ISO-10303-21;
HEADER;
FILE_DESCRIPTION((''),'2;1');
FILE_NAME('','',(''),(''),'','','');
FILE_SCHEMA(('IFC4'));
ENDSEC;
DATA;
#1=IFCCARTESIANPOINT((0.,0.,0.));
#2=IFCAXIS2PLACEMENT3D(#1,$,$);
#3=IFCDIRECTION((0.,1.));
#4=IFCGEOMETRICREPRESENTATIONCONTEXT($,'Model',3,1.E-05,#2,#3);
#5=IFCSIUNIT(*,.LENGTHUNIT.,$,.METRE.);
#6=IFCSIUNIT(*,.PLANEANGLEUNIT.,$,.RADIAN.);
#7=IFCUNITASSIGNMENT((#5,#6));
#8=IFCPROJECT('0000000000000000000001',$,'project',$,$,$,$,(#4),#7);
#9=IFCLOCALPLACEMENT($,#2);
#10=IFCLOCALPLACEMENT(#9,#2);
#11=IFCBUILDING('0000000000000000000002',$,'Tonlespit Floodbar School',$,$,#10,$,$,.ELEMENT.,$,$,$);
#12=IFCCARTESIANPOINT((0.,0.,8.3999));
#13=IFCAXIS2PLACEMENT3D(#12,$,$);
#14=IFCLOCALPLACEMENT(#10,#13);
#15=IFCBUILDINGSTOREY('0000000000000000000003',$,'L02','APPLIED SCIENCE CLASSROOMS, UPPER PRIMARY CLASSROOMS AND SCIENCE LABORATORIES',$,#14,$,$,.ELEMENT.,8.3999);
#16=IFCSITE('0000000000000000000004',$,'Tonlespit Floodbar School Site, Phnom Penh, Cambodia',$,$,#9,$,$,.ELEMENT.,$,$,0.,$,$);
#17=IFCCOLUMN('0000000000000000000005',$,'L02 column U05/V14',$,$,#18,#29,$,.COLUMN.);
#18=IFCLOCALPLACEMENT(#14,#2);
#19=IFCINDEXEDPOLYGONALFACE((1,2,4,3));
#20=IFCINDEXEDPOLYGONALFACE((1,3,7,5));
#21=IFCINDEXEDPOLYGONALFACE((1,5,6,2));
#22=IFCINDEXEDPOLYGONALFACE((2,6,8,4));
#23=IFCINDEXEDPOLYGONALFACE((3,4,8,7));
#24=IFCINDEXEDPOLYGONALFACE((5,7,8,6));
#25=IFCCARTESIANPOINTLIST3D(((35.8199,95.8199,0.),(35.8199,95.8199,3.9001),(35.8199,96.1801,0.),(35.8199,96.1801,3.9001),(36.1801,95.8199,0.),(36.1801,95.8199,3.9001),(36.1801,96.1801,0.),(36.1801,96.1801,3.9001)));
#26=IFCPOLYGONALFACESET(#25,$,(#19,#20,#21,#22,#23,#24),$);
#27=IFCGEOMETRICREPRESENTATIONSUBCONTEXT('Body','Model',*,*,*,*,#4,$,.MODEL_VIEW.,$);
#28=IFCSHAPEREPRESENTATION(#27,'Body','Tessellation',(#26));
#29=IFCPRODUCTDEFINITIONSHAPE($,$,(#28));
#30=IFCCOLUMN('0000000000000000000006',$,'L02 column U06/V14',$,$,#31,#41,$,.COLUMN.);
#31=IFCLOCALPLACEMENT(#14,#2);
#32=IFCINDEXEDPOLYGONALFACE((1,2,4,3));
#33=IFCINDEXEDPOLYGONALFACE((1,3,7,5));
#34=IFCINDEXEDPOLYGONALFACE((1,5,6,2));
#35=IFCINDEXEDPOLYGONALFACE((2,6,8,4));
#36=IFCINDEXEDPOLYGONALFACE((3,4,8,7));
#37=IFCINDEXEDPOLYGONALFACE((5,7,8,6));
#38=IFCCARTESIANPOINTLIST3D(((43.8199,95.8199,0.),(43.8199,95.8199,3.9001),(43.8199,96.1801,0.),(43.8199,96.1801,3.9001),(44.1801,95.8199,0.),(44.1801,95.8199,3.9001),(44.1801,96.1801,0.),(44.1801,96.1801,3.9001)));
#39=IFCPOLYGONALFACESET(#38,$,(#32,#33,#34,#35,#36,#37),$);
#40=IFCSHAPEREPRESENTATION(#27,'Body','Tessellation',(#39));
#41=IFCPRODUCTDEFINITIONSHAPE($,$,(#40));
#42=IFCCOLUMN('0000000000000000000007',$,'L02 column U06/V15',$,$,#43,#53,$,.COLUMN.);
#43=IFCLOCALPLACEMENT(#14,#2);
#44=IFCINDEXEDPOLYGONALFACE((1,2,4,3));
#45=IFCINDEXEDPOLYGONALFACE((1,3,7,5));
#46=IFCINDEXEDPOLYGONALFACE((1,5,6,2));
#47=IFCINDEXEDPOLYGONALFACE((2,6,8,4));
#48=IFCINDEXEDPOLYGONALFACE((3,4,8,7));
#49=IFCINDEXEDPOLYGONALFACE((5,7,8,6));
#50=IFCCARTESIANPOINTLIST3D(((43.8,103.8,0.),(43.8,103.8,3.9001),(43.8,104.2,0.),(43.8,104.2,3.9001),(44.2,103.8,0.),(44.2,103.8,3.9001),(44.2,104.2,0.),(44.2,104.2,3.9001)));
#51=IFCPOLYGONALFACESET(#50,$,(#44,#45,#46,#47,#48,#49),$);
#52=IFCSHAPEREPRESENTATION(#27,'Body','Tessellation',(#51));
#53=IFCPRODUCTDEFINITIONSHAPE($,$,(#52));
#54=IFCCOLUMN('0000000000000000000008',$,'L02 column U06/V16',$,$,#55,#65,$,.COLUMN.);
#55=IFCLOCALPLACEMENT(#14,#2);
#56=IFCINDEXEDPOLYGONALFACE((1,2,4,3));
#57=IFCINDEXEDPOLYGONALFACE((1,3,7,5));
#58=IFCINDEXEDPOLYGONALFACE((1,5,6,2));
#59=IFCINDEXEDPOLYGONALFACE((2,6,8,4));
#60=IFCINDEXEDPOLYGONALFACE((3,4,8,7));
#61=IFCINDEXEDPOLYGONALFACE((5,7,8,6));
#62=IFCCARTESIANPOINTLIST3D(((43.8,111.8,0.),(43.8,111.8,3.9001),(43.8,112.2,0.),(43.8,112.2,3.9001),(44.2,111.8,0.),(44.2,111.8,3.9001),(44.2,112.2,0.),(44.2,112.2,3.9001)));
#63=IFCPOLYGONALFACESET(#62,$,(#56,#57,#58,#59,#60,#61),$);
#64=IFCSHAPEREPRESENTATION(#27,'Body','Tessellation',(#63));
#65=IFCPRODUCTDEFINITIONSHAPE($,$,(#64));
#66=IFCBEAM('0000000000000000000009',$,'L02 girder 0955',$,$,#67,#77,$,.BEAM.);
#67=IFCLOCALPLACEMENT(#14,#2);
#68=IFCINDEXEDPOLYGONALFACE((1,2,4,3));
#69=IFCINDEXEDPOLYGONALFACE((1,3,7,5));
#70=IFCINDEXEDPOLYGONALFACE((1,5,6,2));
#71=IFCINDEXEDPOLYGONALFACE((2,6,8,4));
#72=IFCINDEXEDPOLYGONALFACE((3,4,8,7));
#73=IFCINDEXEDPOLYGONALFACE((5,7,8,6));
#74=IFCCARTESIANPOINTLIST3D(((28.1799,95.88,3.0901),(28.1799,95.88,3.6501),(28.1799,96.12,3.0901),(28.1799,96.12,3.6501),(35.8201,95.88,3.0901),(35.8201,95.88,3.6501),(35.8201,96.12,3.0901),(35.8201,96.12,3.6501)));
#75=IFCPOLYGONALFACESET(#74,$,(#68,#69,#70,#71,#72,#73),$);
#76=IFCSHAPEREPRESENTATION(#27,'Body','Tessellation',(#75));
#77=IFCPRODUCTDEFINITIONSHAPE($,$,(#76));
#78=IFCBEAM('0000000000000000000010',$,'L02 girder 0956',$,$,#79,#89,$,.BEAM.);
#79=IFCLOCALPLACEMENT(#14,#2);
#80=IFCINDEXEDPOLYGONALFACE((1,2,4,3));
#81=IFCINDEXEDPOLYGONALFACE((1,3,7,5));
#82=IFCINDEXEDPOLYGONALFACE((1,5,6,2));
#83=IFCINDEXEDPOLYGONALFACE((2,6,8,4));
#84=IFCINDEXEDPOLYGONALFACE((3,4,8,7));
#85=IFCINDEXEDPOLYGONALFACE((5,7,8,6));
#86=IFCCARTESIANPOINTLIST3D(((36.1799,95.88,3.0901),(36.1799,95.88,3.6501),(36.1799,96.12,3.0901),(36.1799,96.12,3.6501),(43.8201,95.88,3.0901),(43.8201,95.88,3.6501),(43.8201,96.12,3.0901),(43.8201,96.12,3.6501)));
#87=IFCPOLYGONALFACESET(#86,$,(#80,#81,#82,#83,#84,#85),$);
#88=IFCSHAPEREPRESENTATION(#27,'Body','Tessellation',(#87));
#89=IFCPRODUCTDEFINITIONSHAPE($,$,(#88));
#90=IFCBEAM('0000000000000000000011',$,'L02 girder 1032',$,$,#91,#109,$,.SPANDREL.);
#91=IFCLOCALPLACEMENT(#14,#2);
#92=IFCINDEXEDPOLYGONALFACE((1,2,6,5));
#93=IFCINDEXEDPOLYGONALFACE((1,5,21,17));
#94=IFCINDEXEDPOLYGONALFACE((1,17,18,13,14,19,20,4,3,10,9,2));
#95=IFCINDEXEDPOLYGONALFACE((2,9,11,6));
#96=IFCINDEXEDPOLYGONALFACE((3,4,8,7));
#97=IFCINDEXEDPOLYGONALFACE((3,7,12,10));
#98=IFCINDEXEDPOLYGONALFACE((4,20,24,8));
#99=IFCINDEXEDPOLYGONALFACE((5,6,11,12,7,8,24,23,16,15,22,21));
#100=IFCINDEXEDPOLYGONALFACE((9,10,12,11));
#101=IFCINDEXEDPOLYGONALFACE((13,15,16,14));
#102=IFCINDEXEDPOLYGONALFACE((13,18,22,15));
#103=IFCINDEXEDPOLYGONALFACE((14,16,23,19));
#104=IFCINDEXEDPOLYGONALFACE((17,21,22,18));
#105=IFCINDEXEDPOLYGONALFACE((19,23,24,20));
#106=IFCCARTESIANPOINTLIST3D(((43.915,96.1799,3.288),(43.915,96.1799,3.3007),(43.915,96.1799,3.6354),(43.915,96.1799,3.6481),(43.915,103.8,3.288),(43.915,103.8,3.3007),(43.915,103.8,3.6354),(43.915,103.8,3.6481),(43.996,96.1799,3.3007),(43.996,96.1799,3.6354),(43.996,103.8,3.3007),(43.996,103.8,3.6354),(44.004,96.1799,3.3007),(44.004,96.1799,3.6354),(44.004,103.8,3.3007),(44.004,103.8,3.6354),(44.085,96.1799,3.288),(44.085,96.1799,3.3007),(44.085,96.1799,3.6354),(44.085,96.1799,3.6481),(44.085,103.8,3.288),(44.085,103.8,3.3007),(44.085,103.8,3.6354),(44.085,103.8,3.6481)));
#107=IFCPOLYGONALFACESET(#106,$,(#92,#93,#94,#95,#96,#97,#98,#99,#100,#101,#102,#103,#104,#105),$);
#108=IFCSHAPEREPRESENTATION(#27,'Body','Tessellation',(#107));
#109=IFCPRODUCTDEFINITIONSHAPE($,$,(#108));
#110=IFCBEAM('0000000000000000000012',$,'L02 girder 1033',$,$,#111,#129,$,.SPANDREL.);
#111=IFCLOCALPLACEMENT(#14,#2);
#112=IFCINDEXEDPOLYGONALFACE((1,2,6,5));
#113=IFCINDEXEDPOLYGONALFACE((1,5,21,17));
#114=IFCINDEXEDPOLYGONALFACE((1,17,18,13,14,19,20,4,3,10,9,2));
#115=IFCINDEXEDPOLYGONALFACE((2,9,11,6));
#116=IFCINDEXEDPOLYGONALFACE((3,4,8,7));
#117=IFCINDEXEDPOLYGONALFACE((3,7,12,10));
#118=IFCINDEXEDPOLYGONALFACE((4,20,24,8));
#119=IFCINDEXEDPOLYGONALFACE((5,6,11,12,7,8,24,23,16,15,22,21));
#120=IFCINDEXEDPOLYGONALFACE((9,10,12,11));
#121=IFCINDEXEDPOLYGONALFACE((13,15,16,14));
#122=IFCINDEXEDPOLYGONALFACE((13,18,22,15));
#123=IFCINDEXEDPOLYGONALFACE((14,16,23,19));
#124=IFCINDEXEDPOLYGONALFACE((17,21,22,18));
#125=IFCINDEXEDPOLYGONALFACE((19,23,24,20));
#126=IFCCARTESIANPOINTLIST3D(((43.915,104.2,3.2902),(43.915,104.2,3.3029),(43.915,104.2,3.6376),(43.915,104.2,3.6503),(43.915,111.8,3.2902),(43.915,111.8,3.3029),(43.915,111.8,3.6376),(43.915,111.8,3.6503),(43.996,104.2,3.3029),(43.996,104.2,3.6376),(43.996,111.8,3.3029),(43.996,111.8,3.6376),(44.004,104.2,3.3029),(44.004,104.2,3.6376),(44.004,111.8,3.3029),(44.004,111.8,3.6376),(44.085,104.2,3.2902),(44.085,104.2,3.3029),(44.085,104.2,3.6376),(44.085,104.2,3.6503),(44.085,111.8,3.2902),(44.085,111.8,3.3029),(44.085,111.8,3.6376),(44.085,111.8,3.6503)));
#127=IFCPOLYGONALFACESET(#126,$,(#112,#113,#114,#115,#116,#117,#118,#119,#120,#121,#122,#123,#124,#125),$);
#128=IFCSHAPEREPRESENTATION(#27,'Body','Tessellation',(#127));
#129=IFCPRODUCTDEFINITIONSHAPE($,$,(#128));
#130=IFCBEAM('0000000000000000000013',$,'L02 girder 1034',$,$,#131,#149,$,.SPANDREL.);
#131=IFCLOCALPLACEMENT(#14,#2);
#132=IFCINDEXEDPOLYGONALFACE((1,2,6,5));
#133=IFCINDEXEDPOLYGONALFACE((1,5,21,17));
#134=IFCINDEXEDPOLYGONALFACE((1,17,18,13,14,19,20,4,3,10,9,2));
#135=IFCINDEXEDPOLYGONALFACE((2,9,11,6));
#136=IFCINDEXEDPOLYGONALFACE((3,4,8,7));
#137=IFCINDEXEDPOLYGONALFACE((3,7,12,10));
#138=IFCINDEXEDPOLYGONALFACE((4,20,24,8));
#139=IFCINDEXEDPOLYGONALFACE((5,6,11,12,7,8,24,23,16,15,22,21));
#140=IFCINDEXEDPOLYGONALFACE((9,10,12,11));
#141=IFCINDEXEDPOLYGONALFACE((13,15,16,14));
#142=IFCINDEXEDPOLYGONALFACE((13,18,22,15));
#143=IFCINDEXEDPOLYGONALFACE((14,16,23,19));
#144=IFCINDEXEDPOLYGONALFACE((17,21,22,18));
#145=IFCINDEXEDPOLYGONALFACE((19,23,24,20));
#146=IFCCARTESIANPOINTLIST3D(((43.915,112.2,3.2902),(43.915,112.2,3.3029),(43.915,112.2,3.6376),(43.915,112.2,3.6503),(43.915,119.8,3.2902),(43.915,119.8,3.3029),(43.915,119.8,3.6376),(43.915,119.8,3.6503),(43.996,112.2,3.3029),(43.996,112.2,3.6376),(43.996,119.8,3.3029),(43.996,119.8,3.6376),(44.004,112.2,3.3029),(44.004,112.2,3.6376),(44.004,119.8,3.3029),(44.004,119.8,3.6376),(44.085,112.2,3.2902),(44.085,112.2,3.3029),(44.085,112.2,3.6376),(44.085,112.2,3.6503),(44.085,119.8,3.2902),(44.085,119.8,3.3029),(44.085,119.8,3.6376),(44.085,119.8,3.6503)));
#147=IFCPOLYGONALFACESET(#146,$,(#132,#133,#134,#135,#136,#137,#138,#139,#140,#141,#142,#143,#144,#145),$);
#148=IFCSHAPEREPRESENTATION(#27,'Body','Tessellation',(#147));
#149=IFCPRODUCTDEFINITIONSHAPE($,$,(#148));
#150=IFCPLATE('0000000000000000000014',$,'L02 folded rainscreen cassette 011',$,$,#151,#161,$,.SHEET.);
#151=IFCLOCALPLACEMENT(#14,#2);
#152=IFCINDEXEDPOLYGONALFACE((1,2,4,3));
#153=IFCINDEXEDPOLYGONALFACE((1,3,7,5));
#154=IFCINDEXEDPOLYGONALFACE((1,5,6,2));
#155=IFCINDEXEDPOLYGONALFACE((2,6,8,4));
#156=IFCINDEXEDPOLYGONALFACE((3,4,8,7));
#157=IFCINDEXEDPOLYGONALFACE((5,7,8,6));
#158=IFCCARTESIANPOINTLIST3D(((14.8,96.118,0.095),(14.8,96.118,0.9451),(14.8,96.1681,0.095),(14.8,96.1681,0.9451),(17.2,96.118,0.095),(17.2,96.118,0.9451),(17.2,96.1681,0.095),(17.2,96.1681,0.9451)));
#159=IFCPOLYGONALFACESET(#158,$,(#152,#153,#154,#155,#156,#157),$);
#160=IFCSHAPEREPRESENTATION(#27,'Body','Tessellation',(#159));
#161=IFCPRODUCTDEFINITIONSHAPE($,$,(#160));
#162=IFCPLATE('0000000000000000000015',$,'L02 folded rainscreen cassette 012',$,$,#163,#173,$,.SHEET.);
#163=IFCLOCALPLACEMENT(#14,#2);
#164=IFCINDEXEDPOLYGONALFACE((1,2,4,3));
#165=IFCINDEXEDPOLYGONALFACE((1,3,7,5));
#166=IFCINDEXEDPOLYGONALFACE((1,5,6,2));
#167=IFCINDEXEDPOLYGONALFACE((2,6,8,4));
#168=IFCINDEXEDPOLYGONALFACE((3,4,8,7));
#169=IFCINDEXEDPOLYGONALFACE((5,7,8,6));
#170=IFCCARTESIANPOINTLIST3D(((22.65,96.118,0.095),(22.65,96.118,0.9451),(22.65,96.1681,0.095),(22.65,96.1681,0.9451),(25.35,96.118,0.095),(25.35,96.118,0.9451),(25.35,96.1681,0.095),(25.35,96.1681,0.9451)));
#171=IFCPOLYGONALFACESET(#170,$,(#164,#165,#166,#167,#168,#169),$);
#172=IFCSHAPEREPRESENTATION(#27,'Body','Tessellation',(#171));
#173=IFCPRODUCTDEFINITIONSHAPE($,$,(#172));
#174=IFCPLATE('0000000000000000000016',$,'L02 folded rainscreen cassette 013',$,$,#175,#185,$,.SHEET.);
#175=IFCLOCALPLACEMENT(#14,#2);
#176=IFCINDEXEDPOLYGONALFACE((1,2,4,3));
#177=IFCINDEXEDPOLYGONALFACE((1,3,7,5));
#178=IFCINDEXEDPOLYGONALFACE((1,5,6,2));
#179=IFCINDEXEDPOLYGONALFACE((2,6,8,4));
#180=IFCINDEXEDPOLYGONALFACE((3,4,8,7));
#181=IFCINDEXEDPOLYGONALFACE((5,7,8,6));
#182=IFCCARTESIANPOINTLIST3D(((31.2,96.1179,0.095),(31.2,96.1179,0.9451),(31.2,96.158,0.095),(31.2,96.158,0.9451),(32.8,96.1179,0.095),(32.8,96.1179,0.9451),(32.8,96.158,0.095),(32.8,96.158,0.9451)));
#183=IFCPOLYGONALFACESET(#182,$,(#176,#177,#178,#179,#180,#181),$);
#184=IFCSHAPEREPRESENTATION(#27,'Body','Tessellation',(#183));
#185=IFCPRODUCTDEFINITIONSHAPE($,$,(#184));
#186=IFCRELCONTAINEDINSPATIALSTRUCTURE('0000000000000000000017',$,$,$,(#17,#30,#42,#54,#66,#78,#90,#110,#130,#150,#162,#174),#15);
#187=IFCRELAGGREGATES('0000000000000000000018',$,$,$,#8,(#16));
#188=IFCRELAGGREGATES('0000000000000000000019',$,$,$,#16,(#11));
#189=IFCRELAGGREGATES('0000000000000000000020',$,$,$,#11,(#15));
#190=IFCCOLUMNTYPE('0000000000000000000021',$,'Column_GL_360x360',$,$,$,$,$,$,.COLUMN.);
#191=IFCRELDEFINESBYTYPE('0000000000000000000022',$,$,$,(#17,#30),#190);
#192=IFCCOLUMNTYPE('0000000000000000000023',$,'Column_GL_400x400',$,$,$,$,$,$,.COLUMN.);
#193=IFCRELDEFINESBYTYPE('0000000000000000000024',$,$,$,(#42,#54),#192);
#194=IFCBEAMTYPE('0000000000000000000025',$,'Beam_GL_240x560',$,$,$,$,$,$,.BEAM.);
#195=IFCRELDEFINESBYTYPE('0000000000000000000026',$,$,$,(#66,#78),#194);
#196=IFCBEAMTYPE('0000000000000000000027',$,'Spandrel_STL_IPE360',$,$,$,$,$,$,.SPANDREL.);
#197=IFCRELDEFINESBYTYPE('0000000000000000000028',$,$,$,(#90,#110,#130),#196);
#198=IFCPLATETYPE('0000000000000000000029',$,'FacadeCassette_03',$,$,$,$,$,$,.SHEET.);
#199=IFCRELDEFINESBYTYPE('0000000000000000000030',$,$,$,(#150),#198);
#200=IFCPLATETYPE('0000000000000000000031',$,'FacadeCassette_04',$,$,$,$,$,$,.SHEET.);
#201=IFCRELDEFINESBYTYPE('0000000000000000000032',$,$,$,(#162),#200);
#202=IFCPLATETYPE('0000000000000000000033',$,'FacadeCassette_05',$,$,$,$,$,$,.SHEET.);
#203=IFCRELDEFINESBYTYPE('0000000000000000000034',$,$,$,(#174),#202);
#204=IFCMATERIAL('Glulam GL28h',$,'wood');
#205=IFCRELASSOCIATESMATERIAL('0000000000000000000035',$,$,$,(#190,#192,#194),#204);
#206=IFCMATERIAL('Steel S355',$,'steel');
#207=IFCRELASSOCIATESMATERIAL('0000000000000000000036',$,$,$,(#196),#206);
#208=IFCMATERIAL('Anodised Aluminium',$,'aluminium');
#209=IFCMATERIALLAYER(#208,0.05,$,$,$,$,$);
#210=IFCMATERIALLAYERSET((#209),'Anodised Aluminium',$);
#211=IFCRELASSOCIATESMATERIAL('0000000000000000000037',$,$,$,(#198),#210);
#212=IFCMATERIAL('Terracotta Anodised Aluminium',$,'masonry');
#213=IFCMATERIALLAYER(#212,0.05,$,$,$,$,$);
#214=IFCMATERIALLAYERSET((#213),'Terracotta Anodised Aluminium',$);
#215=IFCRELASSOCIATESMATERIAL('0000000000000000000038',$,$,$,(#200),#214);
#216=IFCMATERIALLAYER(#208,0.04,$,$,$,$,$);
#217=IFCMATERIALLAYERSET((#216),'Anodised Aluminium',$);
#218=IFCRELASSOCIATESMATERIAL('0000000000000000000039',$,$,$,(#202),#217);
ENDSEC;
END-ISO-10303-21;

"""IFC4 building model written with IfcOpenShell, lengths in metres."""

from ifc_helpers import new_model, si_unit, direction, frame, origin, origin_2d, place, context, subcontext, project, spatial, rectangle, i_section, extrude, material, layer, layer_set, material_profile, profile_set, type_object, element, save


model = new_model("IFC4")

# Units and contexts
model_context = context("Model", 3, precision=1e-05, world=origin(), true_north=direction((0.0, 1.0)))
body_context = subcontext(model_context, "Body", "Model", "MODEL_VIEW")
ifc_project = project(units=[si_unit("LENGTHUNIT", "METRE"), si_unit("PLANEANGLEUNIT", "RADIAN")], contexts=[model_context])

# Site, building, storey
site_placement = place(None, origin())
site = spatial("IfcSite", under=ifc_project, at=site_placement, Name="Tonlespit Floodbar School Site, Phnom Penh, Cambodia", CompositionType="ELEMENT", RefElevation=0.0)
building_placement = place(site_placement, origin())
building = spatial("IfcBuilding", under=site, at=building_placement, Name="Tonlespit Floodbar School", CompositionType="ELEMENT")
storey_placement = place(building_placement, frame((0.0, 0.0, 8.3999)))
storey = spatial("IfcBuildingStorey", under=building, at=storey_placement, Name="L02", Description="APPLIED SCIENCE CLASSROOMS, UPPER PRIMARY CLASSROOMS AND SCIENCE LABORATORIES", CompositionType="ELEMENT", Elevation=8.3999)

# Columns
ifc_material_1 = material(Name="Glulam GL28h", Category="wood")
ifc_material_profile_1 = material_profile(ifc_material_1, rectangle(XDim=0.3601, YDim=0.3601, at=origin_2d()), Name="GL 360x360")
ifc_profile_set_1 = profile_set([ifc_material_profile_1], Name="Glulam GL28h")
column_type_1 = type_object("IfcColumnType", Name="Column_GL_360x360", PredefinedType="COLUMN", material=ifc_profile_set_1)
for number, where, z_axis, x_axis, name in (
    (1, (36.0, 96.0, 0.0), (0.0, 0.0, 1.0), (1.0, 0.0, 0.0), "L02 column U05/V14"),
    (2, (44.0, 96.0, 0.0), (0.0, 0.0, 1.0), (1.0, 0.0, 0.0), "L02 column U06/V14"),
):
    element("IfcColumn", number, at=place(storey_placement, frame(where, z_axis=z_axis, x_axis=x_axis)), inside=storey, type_object=column_type_1, Name=name, PredefinedType="COLUMN", context=body_context, shape_type="SweptSolid", body=[
        extrude(rectangle(XDim=0.3601, YDim=0.3601, at=origin_2d()), origin(), (0.0, 0.0, 1.0), 3.9001),
    ])
ifc_material_profile_2 = material_profile(ifc_material_1, rectangle(XDim=0.3999, YDim=0.3999, at=origin_2d()), Name="GL 400x400")
ifc_profile_set_2 = profile_set([ifc_material_profile_2], Name="Glulam GL28h")
column_type_2 = type_object("IfcColumnType", Name="Column_GL_400x400", PredefinedType="COLUMN", material=ifc_profile_set_2)
for number, where, z_axis, x_axis, name in (
    (3, (44.0, 104.0, 0.0), (0.0, 0.0, 1.0), (1.0, 0.0, 0.0), "L02 column U06/V15"),
    (4, (44.0, 112.0, 0.0), (0.0, 0.0, 1.0), (1.0, 0.0, 0.0), "L02 column U06/V16"),
):
    element("IfcColumn", number, at=place(storey_placement, frame(where, z_axis=z_axis, x_axis=x_axis)), inside=storey, type_object=column_type_2, Name=name, PredefinedType="COLUMN", context=body_context, shape_type="SweptSolid", body=[
        extrude(rectangle(XDim=0.3999, YDim=0.3999, at=origin_2d()), origin(), (0.0, 0.0, 1.0), 3.9001),
    ])

# Beams
ifc_material_profile_3 = material_profile(ifc_material_1, rectangle(XDim=0.24, YDim=0.5601, at=origin_2d()), Name="GL 240x560")
ifc_profile_set_3 = profile_set([ifc_material_profile_3], Name="Glulam GL28h")
beam_type_1 = type_object("IfcBeamType", Name="Beam_GL_240x560", PredefinedType="BEAM", material=ifc_profile_set_3)
for number, where, z_axis, x_axis, name in (
    (5, (28.1799, 96.0, 3.3701), (1.0, 0.0, 0.0), (0.0, 1.0, 0.0), "L02 girder 0955"),
    (6, (36.1799, 96.0, 3.3701), (1.0, 0.0, 0.0), (0.0, 1.0, 0.0), "L02 girder 0956"),
):
    element("IfcBeam", number, at=place(storey_placement, frame(where, z_axis=z_axis, x_axis=x_axis)), inside=storey, type_object=beam_type_1, Name=name, PredefinedType="BEAM", context=body_context, shape_type="SweptSolid", body=[
        extrude(rectangle(XDim=0.24, YDim=0.5601, at=origin_2d()), origin(), (0.0, 0.0, 1.0), 7.6401),
    ])
ifc_material_2 = material(Name="Steel S355", Category="steel")
ifc_material_profile_4 = material_profile(ifc_material_2, i_section(OverallWidth=0.1699, OverallDepth=0.3601, WebThickness=0.0081, FlangeThickness=0.0127, at=origin_2d()), Name="IPE 360")
ifc_profile_set_4 = profile_set([ifc_material_profile_4], Name="Steel S355")
beam_type_2 = type_object("IfcBeamType", Name="Spandrel_STL_IPE360", PredefinedType="SPANDREL", material=ifc_profile_set_4)
beam_placement = place(storey_placement, frame((44.0, 96.1799, 3.468), z_axis=(0.0, 1.0, 0.0), x_axis=(-1.0, 0.0, 0.0)))
element("IfcBeam", 7, at=beam_placement, inside=storey, type_object=beam_type_2, Name="L02 girder 1032", PredefinedType="SPANDREL", context=body_context, shape_type="SweptSolid", body=[
    extrude(i_section(OverallWidth=0.1699, OverallDepth=0.3601, WebThickness=0.0081, FlangeThickness=0.0127, at=origin_2d()), origin(), (0.0, 0.0, 1.0), 7.6201),
])
for number, where, z_axis, x_axis, name in (
    (8, (44.0, 104.2, 3.4702), (0.0, 1.0, 0.0), (-1.0, 0.0, 0.0), "L02 girder 1033"),
    (9, (44.0, 112.2, 3.4702), (0.0, 1.0, 0.0), (-1.0, 0.0, 0.0), "L02 girder 1034"),
):
    element("IfcBeam", number, at=place(storey_placement, frame(where, z_axis=z_axis, x_axis=x_axis)), inside=storey, type_object=beam_type_2, Name=name, PredefinedType="SPANDREL", context=body_context, shape_type="SweptSolid", body=[
        extrude(i_section(OverallWidth=0.1699, OverallDepth=0.3601, WebThickness=0.0081, FlangeThickness=0.0127, at=origin_2d()), origin(), (0.0, 0.0, 1.0), 7.6001),
    ])

# Plates
ifc_material_3 = material(Name="Anodised Aluminium", Category="aluminium")
ifc_layer_1 = layer(ifc_material_3, 0.05)
ifc_layer_set_1 = layer_set([ifc_layer_1], Name="Anodised Aluminium")
plate_type_1 = type_object("IfcPlateType", Name="FacadeCassette_03", PredefinedType="SHEET", material=ifc_layer_set_1)
plate_1_placement = place(storey_placement, frame((16.0, 96.1431, 0.095), z_axis=(0.0, 0.0, 1.0), x_axis=(1.0, 0.0, 0.0)))
element("IfcPlate", 10, at=plate_1_placement, inside=storey, type_object=plate_type_1, Name="L02 folded rainscreen cassette 011", PredefinedType="SHEET", context=body_context, shape_type="SweptSolid", body=[
    extrude(rectangle(XDim=2.3999, YDim=0.05, at=origin_2d()), origin(), (0.0, 0.0, 1.0), 0.8501),
])
ifc_material_4 = material(Name="Terracotta Anodised Aluminium", Category="masonry")
ifc_layer_2 = layer(ifc_material_4, 0.05)
ifc_layer_set_2 = layer_set([ifc_layer_2], Name="Terracotta Anodised Aluminium")
plate_type_2 = type_object("IfcPlateType", Name="FacadeCassette_04", PredefinedType="SHEET", material=ifc_layer_set_2)
plate_2_placement = place(storey_placement, frame((24.0, 96.1431, 0.095), z_axis=(0.0, 0.0, 1.0), x_axis=(1.0, 0.0, 0.0)))
element("IfcPlate", 11, at=plate_2_placement, inside=storey, type_object=plate_type_2, Name="L02 folded rainscreen cassette 012", PredefinedType="SHEET", context=body_context, shape_type="SweptSolid", body=[
    extrude(rectangle(XDim=2.7, YDim=0.05, at=origin_2d()), origin(), (0.0, 0.0, 1.0), 0.8501),
])
ifc_layer_3 = layer(ifc_material_3, 0.04)
ifc_layer_set_3 = layer_set([ifc_layer_3], Name="Anodised Aluminium")
plate_type_3 = type_object("IfcPlateType", Name="FacadeCassette_05", PredefinedType="SHEET", material=ifc_layer_set_3)
plate_3_placement = place(storey_placement, frame((32.0, 96.1379, 0.095), z_axis=(0.0, 0.0, 1.0), x_axis=(1.0, 0.0, 0.0)))
element("IfcPlate", 12, at=plate_3_placement, inside=storey, type_object=plate_type_3, Name="L02 folded rainscreen cassette 013", PredefinedType="SHEET", context=body_context, shape_type="SweptSolid", body=[
    extrude(rectangle(XDim=1.6001, YDim=0.04, at=origin_2d()), origin(), (0.0, 0.0, 1.0), 0.8501),
])

save(model, "model.ifc")
